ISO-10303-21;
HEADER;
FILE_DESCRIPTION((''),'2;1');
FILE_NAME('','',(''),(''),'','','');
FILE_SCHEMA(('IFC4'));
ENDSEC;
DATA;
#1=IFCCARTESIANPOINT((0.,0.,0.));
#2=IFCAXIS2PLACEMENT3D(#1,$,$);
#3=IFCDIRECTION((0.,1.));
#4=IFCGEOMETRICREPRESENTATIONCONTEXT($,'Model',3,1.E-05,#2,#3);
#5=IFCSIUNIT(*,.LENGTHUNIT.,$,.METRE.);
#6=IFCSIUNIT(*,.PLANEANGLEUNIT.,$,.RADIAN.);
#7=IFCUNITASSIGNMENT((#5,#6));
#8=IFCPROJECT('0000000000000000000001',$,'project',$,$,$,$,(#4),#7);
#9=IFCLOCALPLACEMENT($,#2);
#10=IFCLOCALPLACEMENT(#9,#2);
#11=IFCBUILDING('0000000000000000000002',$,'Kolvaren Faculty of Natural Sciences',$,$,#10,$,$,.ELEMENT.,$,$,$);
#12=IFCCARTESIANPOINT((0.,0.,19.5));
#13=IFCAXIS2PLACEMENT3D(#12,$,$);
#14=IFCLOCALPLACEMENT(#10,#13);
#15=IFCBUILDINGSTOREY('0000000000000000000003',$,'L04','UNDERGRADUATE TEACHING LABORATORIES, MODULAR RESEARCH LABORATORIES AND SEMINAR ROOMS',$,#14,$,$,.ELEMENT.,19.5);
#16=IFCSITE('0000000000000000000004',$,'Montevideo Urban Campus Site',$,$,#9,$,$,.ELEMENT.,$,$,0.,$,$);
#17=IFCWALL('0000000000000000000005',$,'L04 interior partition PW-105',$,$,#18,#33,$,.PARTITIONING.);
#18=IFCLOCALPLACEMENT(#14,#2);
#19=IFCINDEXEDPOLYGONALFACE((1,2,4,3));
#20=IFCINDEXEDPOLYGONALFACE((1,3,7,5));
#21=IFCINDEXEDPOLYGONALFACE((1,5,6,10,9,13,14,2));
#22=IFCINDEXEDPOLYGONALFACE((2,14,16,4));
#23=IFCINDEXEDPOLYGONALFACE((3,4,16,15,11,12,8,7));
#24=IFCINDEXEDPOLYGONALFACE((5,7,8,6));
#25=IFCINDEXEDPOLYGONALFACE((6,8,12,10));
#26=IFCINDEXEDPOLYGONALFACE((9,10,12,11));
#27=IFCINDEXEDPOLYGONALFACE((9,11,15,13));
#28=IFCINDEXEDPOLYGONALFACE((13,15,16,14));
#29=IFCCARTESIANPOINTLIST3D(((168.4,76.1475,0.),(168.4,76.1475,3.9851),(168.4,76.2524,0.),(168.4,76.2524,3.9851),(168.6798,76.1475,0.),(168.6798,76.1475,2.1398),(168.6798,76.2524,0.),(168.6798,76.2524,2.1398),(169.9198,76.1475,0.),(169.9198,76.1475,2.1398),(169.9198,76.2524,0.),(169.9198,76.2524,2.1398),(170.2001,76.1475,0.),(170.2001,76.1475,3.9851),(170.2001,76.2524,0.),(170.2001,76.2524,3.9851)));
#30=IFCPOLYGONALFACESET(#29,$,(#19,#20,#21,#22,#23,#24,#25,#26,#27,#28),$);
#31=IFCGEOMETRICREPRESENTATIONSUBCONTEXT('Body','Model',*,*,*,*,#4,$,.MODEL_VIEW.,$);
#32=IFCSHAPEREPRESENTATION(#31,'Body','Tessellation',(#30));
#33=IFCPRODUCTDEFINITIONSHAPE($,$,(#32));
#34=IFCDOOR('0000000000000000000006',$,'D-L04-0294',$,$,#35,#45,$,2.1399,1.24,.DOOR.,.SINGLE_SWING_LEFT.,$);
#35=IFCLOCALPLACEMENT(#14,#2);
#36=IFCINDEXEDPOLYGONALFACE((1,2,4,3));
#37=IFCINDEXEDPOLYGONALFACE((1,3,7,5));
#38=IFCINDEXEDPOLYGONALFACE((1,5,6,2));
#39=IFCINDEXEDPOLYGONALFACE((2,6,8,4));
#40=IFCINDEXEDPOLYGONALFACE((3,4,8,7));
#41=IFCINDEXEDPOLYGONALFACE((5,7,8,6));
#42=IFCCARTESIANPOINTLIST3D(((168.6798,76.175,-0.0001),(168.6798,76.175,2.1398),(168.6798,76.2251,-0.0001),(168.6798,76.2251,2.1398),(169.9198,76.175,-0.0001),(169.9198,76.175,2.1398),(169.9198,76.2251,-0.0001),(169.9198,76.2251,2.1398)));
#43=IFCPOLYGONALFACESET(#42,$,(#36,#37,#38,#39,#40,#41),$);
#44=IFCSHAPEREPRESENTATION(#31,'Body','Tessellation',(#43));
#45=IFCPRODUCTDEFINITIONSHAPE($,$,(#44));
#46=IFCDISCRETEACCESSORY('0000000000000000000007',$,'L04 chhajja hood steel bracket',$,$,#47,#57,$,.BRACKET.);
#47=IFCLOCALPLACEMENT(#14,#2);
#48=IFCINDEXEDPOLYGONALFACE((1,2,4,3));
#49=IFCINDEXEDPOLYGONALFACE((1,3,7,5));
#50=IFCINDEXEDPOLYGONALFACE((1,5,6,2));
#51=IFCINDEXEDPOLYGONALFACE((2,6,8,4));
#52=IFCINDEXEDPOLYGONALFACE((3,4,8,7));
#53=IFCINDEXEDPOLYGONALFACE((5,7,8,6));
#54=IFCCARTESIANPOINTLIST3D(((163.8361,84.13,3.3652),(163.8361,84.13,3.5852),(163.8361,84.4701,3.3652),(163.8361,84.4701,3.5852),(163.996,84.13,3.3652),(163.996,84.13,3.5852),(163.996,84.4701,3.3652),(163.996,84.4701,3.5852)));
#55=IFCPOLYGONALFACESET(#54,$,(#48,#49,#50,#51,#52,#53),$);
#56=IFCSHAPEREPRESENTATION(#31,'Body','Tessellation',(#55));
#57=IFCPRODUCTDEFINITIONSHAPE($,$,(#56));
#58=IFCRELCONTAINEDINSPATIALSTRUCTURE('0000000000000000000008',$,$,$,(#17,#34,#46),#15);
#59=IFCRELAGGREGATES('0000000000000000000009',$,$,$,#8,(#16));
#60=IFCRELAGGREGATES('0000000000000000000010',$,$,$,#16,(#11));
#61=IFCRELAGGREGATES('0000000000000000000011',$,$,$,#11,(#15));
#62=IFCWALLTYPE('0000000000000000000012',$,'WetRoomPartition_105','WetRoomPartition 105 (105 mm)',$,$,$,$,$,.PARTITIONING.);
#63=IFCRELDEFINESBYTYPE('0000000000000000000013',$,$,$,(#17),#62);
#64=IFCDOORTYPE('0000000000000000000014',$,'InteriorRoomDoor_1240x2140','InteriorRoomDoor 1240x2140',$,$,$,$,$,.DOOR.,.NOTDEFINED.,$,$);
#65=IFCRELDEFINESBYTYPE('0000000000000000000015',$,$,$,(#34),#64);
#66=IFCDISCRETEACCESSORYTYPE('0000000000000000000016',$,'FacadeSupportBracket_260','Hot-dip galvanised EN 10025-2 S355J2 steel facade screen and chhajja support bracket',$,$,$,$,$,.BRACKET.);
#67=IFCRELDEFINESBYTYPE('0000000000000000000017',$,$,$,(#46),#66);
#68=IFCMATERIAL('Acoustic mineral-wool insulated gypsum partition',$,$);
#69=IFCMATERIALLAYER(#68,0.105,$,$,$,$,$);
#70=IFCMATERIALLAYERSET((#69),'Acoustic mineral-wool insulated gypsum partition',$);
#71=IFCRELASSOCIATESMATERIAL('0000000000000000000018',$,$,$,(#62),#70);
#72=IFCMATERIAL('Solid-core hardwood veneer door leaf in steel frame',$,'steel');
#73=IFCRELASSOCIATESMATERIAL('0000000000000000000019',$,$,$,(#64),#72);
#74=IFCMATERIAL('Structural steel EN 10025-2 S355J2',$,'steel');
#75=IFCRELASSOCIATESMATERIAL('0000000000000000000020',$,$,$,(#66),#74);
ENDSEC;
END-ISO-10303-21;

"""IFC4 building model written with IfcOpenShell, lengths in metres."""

from ifc_helpers import new_model, si_unit, direction, frame, frame_2d, origin, origin_2d, place, context, subcontext, project, spatial, rectangle, extrude, material, layer, layer_set, type_object, element, fill, save


model = new_model("IFC4")

# Units and contexts
model_context = context("Model", 3, precision=1e-05, world=origin(), true_north=direction((0.0, 1.0)))
body_context = subcontext(model_context, "Body", "Model", "MODEL_VIEW")
ifc_project = project(units=[si_unit("LENGTHUNIT", "METRE"), si_unit("PLANEANGLEUNIT", "RADIAN")], contexts=[model_context])

# Site, building, storey
site_placement = place(None, origin())
site = spatial("IfcSite", under=ifc_project, at=site_placement, Name="Montevideo Urban Campus Site", CompositionType="ELEMENT", RefElevation=0.0)
building_placement = place(site_placement, origin())
building = spatial("IfcBuilding", under=site, at=building_placement, Name="Kolvaren Faculty of Natural Sciences", CompositionType="ELEMENT")
storey_placement = place(building_placement, frame((0.0, 0.0, 19.5)))
storey = spatial("IfcBuildingStorey", under=building, at=storey_placement, Name="L04", Description="UNDERGRADUATE TEACHING LABORATORIES, MODULAR RESEARCH LABORATORIES AND SEMINAR ROOMS", CompositionType="ELEMENT", Elevation=19.5)

# Shared definitions
ifc_material_1 = material(Name="Acoustic mineral-wool insulated gypsum partition")
ifc_material_2 = material(Name="Solid-core hardwood veneer door leaf in steel frame", Category="steel")

# Wall, opening, door
ifc_layer_1 = layer(ifc_material_1, 0.105)
ifc_layer_set_1 = layer_set([ifc_layer_1], Name="Acoustic mineral-wool insulated gypsum partition")
wall_type_1 = type_object("IfcWallType", Name="WetRoomPartition_105", Description="WetRoomPartition 105 (105 mm)", PredefinedType="PARTITIONING", material=ifc_layer_set_1)
wall_1_placement = place(storey_placement, frame((170.2, 76.2, 0.0), z_axis=(0.0, 0.0, 1.0), x_axis=(-1.0, 0.0, 0.0)))
wall_1 = element("IfcWall", 1, at=wall_1_placement, inside=storey, type_object=wall_type_1, Name="L04 interior partition PW-105", PredefinedType="PARTITIONING", context=body_context, shape_type="SweptSolid", body=[
    extrude(rectangle(XDim=1.8, YDim=0.105, at=frame_2d((0.8999, 0.0))), origin(), (0.0, 0.0, 1.0), 3.9851),
])
opening_1_placement = place(wall_1_placement, frame((0.28, 0.0, 0.0)))
opening_1 = element("IfcOpeningElement", 2, at=opening_1_placement, cuts=wall_1, PredefinedType="OPENING", context=body_context, shape_type="SweptSolid", body=[
    extrude(rectangle(XDim=1.24, YDim=2.1399, at=frame_2d((0.6201, 1.0698))), frame((0.0, 0.0625, 0.0), z_axis=(0.0, -1.0, 0.0), x_axis=(1.0, 0.0, 0.0)), (0.0, 0.0, 1.0), 0.125),
])
door_type_1 = type_object("IfcDoorType", Name="InteriorRoomDoor_1240x2140", Description="InteriorRoomDoor 1240x2140", OperationType="NOTDEFINED", PredefinedType="DOOR", material=ifc_material_2)
door_1_placement = place(opening_1_placement, origin())
door_1 = element("IfcDoor", 3, at=door_1_placement, inside=storey, type_object=door_type_1, Name="D-L04-0294", OperationType="SINGLE_SWING_LEFT", OverallHeight=2.1399, OverallWidth=1.24, PredefinedType="DOOR", context=body_context, shape_type="SweptSolid", body=[
    extrude(rectangle(XDim=1.24, YDim=2.1399, at=frame_2d((0.6201, 1.0698))), frame((0.0, 0.0249, 0.0), z_axis=(0.0, -1.0, 0.0), x_axis=(1.0, 0.0, 0.0)), (0.0, 0.0, 1.0), 0.05),
])
fill(opening_1, door_1)

# Discrete accessory
ifc_material_3 = material(Name="Structural steel EN 10025-2 S355J2", Category="steel")
discrete_accessory_type = type_object("IfcDiscreteAccessoryType", Name="FacadeSupportBracket_260", Description="Hot-dip galvanised EN 10025-2 S355J2 steel facade screen and chhajja support bracket", PredefinedType="BRACKET", material=ifc_material_3)
discrete_accessory_placement = place(storey_placement, frame((163.916, 84.3, 3.3652), z_axis=(0.0, 0.0, 1.0), x_axis=(1.0, 0.0, 0.0)))
element("IfcDiscreteAccessory", 4, at=discrete_accessory_placement, inside=storey, type_object=discrete_accessory_type, Name="L04 chhajja hood steel bracket", PredefinedType="BRACKET", context=body_context, shape_type="SweptSolid", body=[
    extrude(rectangle(XDim=0.1599, YDim=0.3401, at=origin_2d()), origin(), (0.0, 0.0, 1.0), 0.22),
])

save(model, "model.ifc")
